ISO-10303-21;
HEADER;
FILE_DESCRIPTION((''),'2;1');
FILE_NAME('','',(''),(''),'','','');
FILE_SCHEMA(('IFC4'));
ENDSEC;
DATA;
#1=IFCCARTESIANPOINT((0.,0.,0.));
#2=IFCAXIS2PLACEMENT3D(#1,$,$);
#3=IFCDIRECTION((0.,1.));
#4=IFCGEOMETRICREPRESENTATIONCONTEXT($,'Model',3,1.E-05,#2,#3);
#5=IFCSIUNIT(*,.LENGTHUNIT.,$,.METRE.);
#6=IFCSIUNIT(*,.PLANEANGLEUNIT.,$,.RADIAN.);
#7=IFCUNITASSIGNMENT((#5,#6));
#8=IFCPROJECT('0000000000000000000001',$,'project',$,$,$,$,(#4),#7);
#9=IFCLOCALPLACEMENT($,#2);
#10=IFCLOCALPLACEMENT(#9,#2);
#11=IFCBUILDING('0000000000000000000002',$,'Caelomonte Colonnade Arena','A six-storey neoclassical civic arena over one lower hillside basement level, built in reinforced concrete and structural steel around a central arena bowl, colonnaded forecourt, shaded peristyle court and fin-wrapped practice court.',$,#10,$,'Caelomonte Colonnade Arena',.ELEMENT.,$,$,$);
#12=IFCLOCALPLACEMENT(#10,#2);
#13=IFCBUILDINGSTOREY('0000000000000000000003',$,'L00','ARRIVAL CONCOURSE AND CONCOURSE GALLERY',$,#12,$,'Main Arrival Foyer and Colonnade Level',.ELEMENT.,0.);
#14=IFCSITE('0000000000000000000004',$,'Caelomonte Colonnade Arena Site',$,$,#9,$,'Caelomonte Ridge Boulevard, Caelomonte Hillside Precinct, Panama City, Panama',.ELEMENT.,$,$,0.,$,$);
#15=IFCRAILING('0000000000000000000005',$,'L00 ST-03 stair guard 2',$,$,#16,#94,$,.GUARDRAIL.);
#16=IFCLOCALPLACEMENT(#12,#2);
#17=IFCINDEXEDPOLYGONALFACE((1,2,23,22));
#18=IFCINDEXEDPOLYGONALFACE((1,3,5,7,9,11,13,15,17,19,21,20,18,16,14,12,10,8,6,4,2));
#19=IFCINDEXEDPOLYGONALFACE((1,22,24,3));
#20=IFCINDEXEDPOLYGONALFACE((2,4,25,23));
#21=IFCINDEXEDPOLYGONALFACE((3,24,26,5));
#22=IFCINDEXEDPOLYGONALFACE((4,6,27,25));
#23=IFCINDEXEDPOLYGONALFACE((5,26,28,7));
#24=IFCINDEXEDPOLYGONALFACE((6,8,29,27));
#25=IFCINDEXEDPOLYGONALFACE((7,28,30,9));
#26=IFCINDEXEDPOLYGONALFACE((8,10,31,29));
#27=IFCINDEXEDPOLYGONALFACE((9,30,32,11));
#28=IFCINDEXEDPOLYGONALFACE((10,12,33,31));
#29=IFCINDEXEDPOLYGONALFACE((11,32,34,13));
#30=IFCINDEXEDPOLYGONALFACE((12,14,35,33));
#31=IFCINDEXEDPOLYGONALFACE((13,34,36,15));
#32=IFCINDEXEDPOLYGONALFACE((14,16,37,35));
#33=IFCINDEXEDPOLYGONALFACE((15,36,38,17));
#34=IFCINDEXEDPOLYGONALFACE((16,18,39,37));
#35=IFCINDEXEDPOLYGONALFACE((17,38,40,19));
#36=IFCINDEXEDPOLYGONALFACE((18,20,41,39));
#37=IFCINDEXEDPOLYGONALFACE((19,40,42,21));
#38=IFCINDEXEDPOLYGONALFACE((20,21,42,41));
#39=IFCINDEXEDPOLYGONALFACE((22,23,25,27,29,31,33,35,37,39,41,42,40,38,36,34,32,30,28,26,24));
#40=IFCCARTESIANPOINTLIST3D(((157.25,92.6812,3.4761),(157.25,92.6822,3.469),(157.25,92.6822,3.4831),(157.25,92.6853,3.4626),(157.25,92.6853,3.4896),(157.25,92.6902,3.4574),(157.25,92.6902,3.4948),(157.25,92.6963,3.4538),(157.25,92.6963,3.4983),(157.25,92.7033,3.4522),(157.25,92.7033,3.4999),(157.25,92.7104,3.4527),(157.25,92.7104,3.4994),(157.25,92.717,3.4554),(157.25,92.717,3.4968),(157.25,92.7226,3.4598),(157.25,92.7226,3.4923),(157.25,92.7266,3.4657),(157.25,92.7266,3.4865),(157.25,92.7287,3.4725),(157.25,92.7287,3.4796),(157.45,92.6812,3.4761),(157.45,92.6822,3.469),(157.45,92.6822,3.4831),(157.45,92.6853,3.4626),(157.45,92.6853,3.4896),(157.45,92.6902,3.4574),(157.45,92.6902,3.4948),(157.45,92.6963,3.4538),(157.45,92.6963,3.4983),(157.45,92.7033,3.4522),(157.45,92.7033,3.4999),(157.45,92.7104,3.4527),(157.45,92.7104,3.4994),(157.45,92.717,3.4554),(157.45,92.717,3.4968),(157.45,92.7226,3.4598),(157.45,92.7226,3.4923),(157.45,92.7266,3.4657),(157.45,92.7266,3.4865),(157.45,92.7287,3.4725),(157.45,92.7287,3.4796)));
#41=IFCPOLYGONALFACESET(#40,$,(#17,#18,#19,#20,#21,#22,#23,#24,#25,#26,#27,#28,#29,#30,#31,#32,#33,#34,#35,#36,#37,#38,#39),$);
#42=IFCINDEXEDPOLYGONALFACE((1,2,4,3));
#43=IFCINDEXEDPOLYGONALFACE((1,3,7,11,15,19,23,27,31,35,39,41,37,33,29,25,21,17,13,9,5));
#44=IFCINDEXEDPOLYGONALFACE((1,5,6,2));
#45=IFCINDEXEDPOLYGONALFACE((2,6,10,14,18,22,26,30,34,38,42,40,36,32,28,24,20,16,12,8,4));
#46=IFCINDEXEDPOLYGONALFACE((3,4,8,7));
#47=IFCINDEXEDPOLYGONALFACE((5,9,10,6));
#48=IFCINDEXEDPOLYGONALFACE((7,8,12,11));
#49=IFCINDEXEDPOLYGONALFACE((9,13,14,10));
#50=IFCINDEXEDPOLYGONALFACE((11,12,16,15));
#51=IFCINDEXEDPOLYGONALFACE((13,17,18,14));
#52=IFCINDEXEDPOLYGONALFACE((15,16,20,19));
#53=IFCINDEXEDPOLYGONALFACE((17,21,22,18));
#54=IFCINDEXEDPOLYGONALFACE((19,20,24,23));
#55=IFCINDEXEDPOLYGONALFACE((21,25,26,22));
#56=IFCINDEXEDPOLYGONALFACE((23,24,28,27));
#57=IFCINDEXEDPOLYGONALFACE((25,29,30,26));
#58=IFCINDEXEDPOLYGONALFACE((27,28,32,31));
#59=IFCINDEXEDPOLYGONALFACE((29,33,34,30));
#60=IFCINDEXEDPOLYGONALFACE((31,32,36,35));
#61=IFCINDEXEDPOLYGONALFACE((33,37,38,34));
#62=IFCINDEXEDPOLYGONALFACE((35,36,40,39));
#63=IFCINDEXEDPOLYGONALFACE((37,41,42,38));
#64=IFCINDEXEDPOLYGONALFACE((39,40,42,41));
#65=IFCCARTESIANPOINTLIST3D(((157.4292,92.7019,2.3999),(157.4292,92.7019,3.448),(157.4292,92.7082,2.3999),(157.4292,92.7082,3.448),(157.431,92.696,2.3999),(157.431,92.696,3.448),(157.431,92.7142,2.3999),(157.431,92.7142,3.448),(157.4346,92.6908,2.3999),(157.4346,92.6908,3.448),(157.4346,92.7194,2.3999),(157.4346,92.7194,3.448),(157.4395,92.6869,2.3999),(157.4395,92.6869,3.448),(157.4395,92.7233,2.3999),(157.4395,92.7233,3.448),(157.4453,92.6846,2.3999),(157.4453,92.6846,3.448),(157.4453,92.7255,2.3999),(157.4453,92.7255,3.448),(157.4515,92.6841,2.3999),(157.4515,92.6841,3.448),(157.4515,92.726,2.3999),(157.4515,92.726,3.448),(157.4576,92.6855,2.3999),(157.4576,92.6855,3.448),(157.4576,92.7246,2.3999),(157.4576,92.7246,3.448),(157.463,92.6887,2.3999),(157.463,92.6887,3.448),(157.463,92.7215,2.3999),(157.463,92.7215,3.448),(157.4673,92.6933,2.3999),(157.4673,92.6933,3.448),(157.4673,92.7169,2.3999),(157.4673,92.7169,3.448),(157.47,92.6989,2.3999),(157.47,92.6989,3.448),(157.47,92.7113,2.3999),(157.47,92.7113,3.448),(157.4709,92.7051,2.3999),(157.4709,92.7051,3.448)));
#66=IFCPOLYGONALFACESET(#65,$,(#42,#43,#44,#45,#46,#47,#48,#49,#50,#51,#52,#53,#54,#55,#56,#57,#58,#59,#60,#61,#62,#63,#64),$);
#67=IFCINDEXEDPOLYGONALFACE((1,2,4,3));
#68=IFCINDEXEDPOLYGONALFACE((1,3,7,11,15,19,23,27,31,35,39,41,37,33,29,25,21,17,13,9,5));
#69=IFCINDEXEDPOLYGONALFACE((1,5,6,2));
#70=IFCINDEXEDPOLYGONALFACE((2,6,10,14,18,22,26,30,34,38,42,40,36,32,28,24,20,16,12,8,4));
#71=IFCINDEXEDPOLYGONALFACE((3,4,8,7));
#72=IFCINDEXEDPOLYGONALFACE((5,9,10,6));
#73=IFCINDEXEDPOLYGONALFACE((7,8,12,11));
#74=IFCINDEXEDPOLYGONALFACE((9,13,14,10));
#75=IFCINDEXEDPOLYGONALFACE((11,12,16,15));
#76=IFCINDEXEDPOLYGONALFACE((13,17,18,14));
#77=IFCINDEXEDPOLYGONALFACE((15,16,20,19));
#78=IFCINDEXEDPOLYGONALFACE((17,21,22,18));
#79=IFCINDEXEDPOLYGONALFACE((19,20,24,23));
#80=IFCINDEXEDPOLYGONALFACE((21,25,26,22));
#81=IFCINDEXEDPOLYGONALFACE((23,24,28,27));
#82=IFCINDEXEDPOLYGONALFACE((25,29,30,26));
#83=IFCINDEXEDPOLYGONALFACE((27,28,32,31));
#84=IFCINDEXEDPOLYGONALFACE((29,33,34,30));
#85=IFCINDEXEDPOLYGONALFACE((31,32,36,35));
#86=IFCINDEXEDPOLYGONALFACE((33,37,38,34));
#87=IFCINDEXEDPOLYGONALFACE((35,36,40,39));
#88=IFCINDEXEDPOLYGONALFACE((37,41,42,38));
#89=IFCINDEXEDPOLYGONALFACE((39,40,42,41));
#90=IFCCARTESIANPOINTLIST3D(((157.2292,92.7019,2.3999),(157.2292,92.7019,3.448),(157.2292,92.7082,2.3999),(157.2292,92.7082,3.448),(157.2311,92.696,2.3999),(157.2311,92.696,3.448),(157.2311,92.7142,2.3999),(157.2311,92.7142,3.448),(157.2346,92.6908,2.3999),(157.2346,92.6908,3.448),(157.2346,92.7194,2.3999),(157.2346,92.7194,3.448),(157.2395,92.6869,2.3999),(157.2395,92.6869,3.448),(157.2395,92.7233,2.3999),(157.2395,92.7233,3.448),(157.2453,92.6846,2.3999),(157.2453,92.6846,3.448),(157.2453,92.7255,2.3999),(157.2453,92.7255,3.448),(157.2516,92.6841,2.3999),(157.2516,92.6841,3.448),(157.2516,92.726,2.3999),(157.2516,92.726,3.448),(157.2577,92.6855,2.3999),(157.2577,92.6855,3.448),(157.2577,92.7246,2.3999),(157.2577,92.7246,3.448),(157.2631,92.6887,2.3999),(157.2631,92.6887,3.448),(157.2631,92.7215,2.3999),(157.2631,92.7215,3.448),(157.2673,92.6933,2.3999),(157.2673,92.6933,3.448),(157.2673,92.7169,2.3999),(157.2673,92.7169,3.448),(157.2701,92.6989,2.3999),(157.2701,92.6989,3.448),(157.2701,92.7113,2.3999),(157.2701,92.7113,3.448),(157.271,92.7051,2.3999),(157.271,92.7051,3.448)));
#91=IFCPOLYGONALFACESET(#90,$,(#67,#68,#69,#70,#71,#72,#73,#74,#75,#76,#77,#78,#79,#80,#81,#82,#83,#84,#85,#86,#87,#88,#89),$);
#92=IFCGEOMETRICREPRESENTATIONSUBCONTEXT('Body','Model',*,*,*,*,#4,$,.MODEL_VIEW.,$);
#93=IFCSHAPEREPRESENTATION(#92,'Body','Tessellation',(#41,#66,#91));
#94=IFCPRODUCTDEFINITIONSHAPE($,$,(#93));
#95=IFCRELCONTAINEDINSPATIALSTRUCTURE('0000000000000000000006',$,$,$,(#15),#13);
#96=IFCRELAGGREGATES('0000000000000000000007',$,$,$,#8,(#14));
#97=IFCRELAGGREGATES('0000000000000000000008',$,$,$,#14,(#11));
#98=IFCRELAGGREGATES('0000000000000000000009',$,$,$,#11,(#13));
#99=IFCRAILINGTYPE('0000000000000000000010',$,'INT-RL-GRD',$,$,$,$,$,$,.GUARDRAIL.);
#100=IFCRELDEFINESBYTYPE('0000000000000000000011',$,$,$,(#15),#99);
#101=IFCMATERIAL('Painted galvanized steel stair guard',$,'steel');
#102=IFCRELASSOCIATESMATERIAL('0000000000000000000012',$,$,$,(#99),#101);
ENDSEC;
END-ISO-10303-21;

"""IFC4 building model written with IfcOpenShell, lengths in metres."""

from ifc_helpers import new_model, si_unit, direction, frame, origin, origin_2d, place, context, subcontext, project, spatial, circle, extrude, material, type_object, element, save


model = new_model("IFC4")

# Units and contexts
model_context = context("Model", 3, precision=1e-05, world=origin(), true_north=direction((0.0, 1.0)))
body_context = subcontext(model_context, "Body", "Model", "MODEL_VIEW")
ifc_project = project(units=[si_unit("LENGTHUNIT", "METRE"), si_unit("PLANEANGLEUNIT", "RADIAN")], contexts=[model_context])

# Site, building, storey
site_placement = place(None, origin())
site = spatial("IfcSite", under=ifc_project, at=site_placement, Name="Caelomonte Colonnade Arena Site", LongName="Caelomonte Ridge Boulevard, Caelomonte Hillside Precinct, Panama City, Panama", CompositionType="ELEMENT", RefElevation=0.0)
building_placement = place(site_placement, origin())
building = spatial("IfcBuilding", under=site, at=building_placement, Name="Caelomonte Colonnade Arena", Description="A six-storey neoclassical civic arena over one lower hillside basement level, built in reinforced concrete and structural steel around a central arena bowl, colonnaded forecourt, shaded peristyle court and fin-wrapped practice court.", LongName="Caelomonte Colonnade Arena", CompositionType="ELEMENT")
storey_placement = place(building_placement, origin())
storey = spatial("IfcBuildingStorey", under=building, at=storey_placement, Name="L00", Description="ARRIVAL CONCOURSE AND CONCOURSE GALLERY", LongName="Main Arrival Foyer and Colonnade Level", CompositionType="ELEMENT", Elevation=0.0)

# Railing
ifc_material_1 = material(Name="Painted galvanized steel stair guard", Category="steel")
railing_type_1 = type_object("IfcRailingType", Name="INT-RL-GRD", PredefinedType="GUARDRAIL", material=ifc_material_1)
railing_1_placement = place(storey_placement, frame((157.45, 92.7051, 2.3999)))
element("IfcRailing", 1, at=railing_1_placement, inside=storey, type_object=railing_type_1, Name="L00 ST-03 stair guard 2", PredefinedType="GUARDRAIL", context=body_context, shape_type="SweptSolid", body=[
    extrude(circle(Radius=0.0239, at=origin_2d()), frame((0.0, 0.0, 1.0762), z_axis=(-1.0, 0.0, 0.0), x_axis=(0.0, -1.0, 0.0)), (0.0, 0.0, 1.0), 0.2),
    extrude(circle(Radius=0.021, at=origin_2d()), origin(), (0.0, 0.0, 1.0), 1.0481),
    extrude(circle(Radius=0.021, at=origin_2d()), frame((-0.2, 0.0, 0.0)), (0.0, 0.0, 1.0), 1.0481),
])

save(model, "model.ifc")
